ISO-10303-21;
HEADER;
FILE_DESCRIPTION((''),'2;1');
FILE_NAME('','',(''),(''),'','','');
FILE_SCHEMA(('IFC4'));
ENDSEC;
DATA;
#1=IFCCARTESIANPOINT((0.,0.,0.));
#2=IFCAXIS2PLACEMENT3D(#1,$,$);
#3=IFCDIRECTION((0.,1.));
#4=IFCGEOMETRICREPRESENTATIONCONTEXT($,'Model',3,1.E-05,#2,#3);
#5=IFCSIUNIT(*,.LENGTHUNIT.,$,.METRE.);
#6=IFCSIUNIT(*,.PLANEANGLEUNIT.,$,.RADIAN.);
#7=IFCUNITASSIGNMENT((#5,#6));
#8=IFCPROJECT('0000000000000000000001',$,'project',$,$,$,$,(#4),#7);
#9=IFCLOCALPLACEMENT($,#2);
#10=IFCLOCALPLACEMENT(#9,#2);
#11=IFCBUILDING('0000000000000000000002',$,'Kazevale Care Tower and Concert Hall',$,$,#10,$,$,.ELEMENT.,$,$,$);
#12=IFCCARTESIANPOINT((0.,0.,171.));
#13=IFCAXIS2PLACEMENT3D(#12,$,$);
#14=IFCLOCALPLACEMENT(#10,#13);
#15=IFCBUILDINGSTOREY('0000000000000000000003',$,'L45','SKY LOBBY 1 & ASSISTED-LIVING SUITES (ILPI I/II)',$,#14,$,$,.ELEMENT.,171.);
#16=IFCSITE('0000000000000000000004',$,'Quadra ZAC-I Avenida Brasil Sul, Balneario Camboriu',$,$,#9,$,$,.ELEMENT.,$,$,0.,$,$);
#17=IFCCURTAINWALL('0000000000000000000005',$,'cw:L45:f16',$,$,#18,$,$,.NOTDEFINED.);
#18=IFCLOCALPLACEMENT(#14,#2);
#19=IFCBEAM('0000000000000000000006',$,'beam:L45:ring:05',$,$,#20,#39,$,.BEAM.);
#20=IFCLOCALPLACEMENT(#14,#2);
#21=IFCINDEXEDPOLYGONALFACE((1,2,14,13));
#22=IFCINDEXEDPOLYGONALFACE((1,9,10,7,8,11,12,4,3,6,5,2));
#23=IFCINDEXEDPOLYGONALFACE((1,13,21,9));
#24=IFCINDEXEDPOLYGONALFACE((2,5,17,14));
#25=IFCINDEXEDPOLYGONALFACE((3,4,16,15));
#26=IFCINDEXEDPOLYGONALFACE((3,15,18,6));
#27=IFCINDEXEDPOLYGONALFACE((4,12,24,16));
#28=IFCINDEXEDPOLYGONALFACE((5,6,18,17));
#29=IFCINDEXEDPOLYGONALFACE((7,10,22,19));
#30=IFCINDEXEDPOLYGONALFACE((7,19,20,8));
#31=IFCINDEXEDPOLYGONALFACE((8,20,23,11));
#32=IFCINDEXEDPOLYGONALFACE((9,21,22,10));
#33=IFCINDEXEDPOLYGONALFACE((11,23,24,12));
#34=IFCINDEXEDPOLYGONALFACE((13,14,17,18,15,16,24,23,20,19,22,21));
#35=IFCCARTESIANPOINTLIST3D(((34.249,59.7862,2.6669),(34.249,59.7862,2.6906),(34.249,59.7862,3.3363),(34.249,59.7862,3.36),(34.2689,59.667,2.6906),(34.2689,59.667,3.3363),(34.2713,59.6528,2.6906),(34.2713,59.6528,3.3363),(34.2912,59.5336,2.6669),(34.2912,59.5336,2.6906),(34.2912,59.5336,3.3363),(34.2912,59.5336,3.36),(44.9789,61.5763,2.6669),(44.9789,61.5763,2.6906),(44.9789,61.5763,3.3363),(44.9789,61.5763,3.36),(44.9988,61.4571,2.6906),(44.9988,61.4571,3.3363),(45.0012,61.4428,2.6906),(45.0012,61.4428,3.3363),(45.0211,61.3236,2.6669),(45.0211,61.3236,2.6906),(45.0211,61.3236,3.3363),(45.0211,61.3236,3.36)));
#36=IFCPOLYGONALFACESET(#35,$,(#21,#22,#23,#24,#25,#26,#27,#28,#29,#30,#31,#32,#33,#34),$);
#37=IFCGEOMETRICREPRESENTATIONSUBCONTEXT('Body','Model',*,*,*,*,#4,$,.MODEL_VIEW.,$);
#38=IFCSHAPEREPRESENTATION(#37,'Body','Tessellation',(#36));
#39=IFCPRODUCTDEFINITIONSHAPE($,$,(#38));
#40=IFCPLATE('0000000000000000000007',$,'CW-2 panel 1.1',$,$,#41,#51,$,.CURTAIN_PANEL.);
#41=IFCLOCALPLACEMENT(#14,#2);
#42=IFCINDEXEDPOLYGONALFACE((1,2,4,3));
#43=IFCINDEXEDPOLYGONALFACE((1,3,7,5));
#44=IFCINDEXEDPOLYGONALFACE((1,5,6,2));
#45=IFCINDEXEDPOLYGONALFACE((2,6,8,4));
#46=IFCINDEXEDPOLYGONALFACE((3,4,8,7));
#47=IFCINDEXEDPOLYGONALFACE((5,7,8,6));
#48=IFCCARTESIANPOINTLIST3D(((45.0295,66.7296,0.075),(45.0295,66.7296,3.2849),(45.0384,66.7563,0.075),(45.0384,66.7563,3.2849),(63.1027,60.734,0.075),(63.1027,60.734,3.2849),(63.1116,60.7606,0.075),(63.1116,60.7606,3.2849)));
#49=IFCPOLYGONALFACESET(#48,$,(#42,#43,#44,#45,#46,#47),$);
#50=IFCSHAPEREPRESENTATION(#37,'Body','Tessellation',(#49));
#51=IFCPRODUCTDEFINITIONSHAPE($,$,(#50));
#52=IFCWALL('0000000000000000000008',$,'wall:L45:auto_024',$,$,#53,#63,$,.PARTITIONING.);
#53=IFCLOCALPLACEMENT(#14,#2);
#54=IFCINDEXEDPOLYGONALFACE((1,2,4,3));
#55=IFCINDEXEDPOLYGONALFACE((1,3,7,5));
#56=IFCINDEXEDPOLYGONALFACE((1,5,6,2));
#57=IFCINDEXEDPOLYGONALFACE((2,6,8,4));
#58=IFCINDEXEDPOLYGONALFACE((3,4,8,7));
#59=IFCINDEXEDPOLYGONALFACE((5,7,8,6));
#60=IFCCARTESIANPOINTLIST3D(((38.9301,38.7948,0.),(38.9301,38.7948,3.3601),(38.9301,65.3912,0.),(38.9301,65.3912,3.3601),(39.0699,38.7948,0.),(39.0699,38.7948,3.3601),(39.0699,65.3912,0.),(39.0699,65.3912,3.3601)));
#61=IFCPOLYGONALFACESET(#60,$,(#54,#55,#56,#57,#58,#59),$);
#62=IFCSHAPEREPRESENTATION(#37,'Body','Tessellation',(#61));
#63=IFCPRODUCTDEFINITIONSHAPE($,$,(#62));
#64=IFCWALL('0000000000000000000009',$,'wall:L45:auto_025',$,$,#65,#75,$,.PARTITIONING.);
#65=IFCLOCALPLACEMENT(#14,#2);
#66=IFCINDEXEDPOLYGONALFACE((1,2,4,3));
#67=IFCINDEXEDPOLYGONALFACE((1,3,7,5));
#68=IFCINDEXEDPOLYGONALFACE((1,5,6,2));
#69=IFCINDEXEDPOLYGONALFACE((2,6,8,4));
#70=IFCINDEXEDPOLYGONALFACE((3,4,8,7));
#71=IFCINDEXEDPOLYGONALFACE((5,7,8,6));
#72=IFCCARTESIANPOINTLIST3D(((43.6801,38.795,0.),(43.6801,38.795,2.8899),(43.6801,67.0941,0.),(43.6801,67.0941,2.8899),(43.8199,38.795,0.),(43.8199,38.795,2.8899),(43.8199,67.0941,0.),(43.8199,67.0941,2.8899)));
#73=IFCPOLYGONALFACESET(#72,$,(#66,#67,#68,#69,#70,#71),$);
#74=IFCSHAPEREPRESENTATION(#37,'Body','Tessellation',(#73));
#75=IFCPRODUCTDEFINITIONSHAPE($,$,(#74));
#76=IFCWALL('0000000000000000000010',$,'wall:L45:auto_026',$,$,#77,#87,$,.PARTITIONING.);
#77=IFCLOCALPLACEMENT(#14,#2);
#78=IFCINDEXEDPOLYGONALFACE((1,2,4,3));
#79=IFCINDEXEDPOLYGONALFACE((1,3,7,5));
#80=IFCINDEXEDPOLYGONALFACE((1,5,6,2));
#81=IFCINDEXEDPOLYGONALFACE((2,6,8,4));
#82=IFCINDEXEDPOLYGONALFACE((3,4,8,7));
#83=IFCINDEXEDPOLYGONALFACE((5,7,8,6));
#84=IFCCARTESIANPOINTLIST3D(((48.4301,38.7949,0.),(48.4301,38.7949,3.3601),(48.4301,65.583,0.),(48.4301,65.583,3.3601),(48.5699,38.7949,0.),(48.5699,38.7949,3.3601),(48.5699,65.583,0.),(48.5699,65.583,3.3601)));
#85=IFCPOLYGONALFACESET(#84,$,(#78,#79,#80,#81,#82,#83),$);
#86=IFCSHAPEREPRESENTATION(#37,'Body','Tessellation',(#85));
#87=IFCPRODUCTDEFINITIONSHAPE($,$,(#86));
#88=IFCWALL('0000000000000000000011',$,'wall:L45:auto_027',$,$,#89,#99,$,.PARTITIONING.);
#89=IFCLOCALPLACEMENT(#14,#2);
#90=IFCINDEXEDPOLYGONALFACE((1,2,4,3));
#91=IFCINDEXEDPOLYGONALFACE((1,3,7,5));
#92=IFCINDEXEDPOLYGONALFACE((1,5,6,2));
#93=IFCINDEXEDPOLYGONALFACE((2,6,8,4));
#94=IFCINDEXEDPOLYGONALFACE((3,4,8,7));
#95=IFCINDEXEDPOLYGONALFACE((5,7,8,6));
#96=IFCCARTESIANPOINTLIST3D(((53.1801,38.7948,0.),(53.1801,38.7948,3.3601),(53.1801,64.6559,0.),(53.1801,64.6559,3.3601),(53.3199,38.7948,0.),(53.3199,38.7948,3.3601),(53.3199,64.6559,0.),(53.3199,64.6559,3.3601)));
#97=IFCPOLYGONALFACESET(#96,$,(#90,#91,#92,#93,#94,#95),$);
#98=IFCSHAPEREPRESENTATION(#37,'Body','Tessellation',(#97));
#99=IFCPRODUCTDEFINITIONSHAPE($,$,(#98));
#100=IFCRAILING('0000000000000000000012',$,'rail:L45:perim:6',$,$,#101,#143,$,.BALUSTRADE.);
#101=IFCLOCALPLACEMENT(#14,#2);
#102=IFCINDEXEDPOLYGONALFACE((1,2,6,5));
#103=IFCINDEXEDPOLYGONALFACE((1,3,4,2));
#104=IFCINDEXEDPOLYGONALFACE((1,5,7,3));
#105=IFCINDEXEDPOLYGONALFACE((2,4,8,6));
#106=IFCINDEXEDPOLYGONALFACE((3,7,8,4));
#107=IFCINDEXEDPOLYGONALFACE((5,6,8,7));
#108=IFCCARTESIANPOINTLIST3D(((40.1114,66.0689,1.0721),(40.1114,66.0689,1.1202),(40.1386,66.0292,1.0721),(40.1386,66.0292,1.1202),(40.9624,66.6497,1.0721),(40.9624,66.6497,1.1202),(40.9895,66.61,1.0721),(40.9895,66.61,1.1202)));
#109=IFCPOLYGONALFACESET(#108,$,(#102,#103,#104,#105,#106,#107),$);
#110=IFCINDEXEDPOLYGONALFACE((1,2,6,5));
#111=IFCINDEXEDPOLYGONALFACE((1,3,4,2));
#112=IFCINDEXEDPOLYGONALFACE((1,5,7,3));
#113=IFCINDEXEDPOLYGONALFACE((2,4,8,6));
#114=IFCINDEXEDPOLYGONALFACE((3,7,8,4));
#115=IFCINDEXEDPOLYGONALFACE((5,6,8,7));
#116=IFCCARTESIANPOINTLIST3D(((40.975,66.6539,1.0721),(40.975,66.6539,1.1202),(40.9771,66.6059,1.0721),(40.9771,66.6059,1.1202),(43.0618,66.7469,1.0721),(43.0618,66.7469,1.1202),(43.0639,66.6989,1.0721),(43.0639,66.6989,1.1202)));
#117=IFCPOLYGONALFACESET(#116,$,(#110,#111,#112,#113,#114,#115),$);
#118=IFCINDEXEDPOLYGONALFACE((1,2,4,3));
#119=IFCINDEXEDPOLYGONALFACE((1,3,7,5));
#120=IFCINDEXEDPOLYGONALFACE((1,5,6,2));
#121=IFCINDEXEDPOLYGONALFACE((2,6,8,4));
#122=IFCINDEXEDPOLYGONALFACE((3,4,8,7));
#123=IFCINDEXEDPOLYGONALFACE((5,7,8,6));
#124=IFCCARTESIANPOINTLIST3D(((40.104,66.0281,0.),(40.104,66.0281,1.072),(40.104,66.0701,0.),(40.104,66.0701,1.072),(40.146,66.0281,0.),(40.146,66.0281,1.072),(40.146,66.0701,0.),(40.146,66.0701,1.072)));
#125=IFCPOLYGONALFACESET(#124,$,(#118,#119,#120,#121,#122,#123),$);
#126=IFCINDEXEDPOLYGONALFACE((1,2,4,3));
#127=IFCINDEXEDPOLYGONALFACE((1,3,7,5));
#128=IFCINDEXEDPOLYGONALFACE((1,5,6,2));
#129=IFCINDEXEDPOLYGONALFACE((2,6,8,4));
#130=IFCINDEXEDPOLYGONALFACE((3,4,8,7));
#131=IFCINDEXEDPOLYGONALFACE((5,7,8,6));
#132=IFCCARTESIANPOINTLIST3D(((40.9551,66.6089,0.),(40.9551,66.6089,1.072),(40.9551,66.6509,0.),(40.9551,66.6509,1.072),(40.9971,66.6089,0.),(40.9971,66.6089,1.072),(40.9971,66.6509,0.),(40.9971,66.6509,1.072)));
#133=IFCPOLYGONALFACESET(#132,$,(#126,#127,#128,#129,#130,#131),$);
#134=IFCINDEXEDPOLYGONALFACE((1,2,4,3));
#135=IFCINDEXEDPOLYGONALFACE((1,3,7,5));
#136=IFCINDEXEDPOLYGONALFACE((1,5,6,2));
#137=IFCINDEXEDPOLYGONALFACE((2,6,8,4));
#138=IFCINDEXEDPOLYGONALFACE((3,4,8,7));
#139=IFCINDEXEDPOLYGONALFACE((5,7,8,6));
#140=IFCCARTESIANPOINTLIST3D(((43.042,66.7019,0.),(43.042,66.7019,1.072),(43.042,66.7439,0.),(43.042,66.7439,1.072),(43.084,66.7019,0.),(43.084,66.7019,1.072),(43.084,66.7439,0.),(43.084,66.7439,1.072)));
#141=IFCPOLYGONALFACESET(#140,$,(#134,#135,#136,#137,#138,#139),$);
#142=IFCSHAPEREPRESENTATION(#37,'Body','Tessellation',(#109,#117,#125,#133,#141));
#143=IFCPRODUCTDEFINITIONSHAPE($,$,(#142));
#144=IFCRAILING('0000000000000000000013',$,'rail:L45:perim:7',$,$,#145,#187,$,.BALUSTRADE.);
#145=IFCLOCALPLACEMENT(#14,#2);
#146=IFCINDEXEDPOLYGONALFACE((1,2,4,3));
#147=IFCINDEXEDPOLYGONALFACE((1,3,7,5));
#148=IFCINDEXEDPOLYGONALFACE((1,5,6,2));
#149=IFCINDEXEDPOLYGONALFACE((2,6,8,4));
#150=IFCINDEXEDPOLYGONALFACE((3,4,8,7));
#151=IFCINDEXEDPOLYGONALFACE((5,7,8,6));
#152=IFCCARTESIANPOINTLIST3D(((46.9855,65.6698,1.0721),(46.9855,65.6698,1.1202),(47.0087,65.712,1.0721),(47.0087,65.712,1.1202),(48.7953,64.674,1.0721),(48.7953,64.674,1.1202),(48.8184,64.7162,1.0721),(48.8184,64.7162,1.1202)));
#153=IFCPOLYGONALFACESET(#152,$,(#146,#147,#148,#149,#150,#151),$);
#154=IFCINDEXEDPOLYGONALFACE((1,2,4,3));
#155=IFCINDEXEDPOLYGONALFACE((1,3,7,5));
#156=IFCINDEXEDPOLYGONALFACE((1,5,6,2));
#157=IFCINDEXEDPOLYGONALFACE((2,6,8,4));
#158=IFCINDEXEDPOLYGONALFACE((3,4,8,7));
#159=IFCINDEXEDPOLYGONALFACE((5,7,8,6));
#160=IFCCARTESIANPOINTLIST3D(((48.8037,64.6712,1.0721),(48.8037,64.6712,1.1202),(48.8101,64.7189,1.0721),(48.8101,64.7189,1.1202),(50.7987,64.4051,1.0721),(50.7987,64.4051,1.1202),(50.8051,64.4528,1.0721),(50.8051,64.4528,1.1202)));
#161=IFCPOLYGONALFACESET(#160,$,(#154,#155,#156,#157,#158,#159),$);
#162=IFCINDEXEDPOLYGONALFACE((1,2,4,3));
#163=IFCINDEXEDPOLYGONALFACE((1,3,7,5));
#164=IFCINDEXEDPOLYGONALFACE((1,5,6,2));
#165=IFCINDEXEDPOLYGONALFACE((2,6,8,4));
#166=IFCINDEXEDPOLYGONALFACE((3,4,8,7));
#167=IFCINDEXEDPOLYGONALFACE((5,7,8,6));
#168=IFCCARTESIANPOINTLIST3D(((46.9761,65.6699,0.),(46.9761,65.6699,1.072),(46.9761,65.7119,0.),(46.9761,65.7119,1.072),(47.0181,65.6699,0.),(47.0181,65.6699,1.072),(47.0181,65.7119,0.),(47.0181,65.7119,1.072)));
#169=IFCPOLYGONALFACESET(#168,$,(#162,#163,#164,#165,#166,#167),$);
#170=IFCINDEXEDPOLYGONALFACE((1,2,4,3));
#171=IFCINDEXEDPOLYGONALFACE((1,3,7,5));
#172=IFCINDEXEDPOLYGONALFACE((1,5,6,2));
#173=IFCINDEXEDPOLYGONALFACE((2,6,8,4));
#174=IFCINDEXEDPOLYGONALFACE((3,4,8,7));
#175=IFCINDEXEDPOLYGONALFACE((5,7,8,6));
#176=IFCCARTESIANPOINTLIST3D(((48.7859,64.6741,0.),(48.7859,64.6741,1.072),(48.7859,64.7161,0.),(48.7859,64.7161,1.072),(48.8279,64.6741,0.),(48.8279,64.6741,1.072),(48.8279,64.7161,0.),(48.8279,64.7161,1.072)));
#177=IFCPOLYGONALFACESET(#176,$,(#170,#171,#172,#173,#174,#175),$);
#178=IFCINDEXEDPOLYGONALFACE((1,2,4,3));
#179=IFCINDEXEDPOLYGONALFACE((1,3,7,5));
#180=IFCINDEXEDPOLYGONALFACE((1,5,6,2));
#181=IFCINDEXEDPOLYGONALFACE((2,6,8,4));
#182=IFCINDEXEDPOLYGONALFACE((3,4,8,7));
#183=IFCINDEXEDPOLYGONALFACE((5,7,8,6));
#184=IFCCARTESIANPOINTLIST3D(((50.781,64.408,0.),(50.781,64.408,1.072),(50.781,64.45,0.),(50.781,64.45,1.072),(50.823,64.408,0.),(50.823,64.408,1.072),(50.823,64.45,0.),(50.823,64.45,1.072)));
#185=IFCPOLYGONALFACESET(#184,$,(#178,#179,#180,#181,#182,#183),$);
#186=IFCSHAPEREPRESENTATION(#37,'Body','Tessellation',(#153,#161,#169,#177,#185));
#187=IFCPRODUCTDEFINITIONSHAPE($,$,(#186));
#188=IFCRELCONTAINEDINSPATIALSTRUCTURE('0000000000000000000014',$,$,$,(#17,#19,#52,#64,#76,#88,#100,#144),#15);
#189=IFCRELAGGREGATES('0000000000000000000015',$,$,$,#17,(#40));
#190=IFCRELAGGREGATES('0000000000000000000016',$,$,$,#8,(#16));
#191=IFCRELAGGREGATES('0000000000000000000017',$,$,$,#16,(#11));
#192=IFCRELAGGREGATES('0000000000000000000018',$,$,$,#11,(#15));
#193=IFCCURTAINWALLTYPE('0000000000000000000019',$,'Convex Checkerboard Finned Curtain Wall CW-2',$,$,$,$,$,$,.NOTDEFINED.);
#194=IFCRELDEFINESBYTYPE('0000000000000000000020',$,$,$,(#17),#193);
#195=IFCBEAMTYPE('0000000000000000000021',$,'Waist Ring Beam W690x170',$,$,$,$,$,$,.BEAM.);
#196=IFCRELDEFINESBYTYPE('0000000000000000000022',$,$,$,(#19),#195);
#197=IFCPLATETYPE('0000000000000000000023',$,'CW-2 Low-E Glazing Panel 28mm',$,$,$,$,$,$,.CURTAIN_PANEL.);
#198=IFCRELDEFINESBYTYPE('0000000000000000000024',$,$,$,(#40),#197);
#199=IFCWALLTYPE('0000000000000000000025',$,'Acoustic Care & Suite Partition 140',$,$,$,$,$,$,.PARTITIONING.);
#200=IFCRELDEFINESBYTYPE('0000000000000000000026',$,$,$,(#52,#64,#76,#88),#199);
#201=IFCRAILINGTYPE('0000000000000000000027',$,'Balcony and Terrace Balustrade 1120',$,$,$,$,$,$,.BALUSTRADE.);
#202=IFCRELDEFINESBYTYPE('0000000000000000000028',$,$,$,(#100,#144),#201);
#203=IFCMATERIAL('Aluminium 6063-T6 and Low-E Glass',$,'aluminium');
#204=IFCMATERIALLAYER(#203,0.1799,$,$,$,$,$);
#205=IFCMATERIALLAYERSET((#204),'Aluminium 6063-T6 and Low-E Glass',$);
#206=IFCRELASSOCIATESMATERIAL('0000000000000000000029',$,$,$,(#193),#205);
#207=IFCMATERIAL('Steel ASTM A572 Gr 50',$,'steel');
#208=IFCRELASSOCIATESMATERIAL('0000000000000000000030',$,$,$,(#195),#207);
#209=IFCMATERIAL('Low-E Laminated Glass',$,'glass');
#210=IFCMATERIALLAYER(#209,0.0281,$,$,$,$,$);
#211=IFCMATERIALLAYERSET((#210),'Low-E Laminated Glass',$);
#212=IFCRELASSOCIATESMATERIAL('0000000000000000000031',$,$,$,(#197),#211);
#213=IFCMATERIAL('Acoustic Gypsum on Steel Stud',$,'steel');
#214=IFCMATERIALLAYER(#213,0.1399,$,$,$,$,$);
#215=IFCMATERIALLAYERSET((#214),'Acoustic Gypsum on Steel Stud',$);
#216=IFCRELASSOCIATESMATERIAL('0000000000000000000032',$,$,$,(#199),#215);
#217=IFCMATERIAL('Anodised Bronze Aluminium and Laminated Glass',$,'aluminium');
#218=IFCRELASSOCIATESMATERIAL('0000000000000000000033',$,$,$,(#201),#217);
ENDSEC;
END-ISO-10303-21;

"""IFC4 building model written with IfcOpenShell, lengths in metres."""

from ifc_helpers import new_model, si_unit, direction, frame, frame_2d, origin, origin_2d, place, context, subcontext, project, spatial, rectangle, i_section, extrude, material, layer, layer_set, material_profile, profile_set, type_object, element, aggregate, save


model = new_model("IFC4")

# Units and contexts
model_context = context("Model", 3, precision=1e-05, world=origin(), true_north=direction((0.0, 1.0)))
body_context = subcontext(model_context, "Body", "Model", "MODEL_VIEW")
ifc_project = project(units=[si_unit("LENGTHUNIT", "METRE"), si_unit("PLANEANGLEUNIT", "RADIAN")], contexts=[model_context])

# Site, building, storey
site_placement = place(None, origin())
site = spatial("IfcSite", under=ifc_project, at=site_placement, Name="Quadra ZAC-I Avenida Brasil Sul, Balneario Camboriu", CompositionType="ELEMENT", RefElevation=0.0)
building_placement = place(site_placement, origin())
building = spatial("IfcBuilding", under=site, at=building_placement, Name="Kazevale Care Tower and Concert Hall", CompositionType="ELEMENT")
storey_placement = place(building_placement, frame((0.0, 0.0, 171.0)))
storey = spatial("IfcBuildingStorey", under=building, at=storey_placement, Name="L45", Description="SKY LOBBY 1 & ASSISTED-LIVING SUITES (ILPI I/II)", CompositionType="ELEMENT", Elevation=171.0)

# Curtain wall
ifc_material_1 = material(Name="Aluminium 6063-T6 and Low-E Glass", Category="aluminium")
ifc_layer_1 = layer(ifc_material_1, 0.1799)
ifc_layer_set_1 = layer_set([ifc_layer_1], Name="Aluminium 6063-T6 and Low-E Glass")
curtain_wall_type_1 = type_object("IfcCurtainWallType", Name="Convex Checkerboard Finned Curtain Wall CW-2", PredefinedType="NOTDEFINED", material=ifc_layer_set_1)
curtain_wall_1_placement = place(storey_placement, origin())
curtain_wall_1 = element("IfcCurtainWall", 1, at=curtain_wall_1_placement, inside=storey, type_object=curtain_wall_type_1, Name="cw:L45:f16", PredefinedType="NOTDEFINED")

# Beam
ifc_material_2 = material(Name="Steel ASTM A572 Gr 50", Category="steel")
ifc_material_profile_1 = material_profile(ifc_material_2, i_section(OverallWidth=0.2561, OverallDepth=0.6931, WebThickness=0.0144, FlangeThickness=0.0237, at=origin_2d()), Name="W690x170")
ifc_profile_set_1 = profile_set([ifc_material_profile_1], Name="Steel ASTM A572 Gr 50")
beam_type_1 = type_object("IfcBeamType", Name="Waist Ring Beam W690x170", PredefinedType="BEAM", material=ifc_profile_set_1)
beam_1_placement = place(storey_placement, frame((45.0, 61.45, 3.0134), z_axis=(-0.986368, -0.164552, 0.0), x_axis=(0.164552, -0.986368, 0.0)))
element("IfcBeam", 2, at=beam_1_placement, inside=storey, type_object=beam_type_1, Name="beam:L45:ring:05", PredefinedType="BEAM", context=body_context, shape_type="SweptSolid", body=[
    extrude(i_section(OverallWidth=0.2561, OverallDepth=0.6931, WebThickness=0.0144, FlangeThickness=0.0237, at=origin_2d()), origin(), (0.0, 0.0, 1.0), 10.8782),
])

# Plate
ifc_material_3 = material(Name="Low-E Laminated Glass", Category="glass")
ifc_layer_2 = layer(ifc_material_3, 0.0281)
ifc_layer_set_2 = layer_set([ifc_layer_2], Name="Low-E Laminated Glass")
plate_type = type_object("IfcPlateType", Name="CW-2 Low-E Glazing Panel 28mm", PredefinedType="CURTAIN_PANEL", material=ifc_layer_set_2)
plate_placement = place(storey_placement, frame((54.0706, 63.7451, 0.075), z_axis=(0.0, 0.0, 1.0), x_axis=(0.949135, -0.314868, 0.0)))
plate = element("IfcPlate", 3, at=plate_placement, type_object=plate_type, Name="CW-2 panel 1.1", PredefinedType="CURTAIN_PANEL", context=body_context, shape_type="SweptSolid", body=[
    extrude(rectangle(XDim=19.0417, YDim=0.0281, at=origin_2d()), origin(), (0.0, 0.0, 1.0), 3.21),
])
aggregate(curtain_wall_1, [plate])

# Walls
ifc_material_4 = material(Name="Acoustic Gypsum on Steel Stud", Category="steel")
ifc_layer_3 = layer(ifc_material_4, 0.1399)
ifc_layer_set_3 = layer_set([ifc_layer_3], Name="Acoustic Gypsum on Steel Stud")
wall_type = type_object("IfcWallType", Name="Acoustic Care & Suite Partition 140", PredefinedType="PARTITIONING", material=ifc_layer_set_3)
wall_1_placement = place(storey_placement, frame((39.0, 65.3914, 0.0), z_axis=(0.0, 0.0, 1.0), x_axis=(0.0, -1.0, 0.0)))
element("IfcWall", 4, at=wall_1_placement, inside=storey, type_object=wall_type, Name="wall:L45:auto_024", PredefinedType="PARTITIONING", context=body_context, shape_type="SweptSolid", body=[
    extrude(rectangle(XDim=26.5964, YDim=0.1399, at=frame_2d((13.2983, 0.0))), origin(), (0.0, 0.0, 1.0), 3.3601),
])
wall_2_placement = place(storey_placement, frame((43.75, 67.094, 0.0), z_axis=(0.0, 0.0, 1.0), x_axis=(0.0, -1.0, 0.0)))
element("IfcWall", 5, at=wall_2_placement, inside=storey, type_object=wall_type, Name="wall:L45:auto_025", PredefinedType="PARTITIONING", context=body_context, shape_type="SweptSolid", body=[
    extrude(rectangle(XDim=28.2991, YDim=0.1399, at=frame_2d((14.1494, 0.0))), origin(), (0.0, 0.0, 1.0), 2.8899),
])
wall_3_placement = place(storey_placement, frame((48.5, 65.583, 0.0), z_axis=(0.0, 0.0, 1.0), x_axis=(0.0, -1.0, 0.0)))
element("IfcWall", 6, at=wall_3_placement, inside=storey, type_object=wall_type, Name="wall:L45:auto_026", PredefinedType="PARTITIONING", context=body_context, shape_type="SweptSolid", body=[
    extrude(rectangle(XDim=26.7881, YDim=0.1399, at=frame_2d((13.394, 0.0))), origin(), (0.0, 0.0, 1.0), 3.3601),
])
wall_4_placement = place(storey_placement, frame((53.25, 64.656, 0.0), z_axis=(0.0, 0.0, 1.0), x_axis=(0.0, -1.0, 0.0)))
element("IfcWall", 7, at=wall_4_placement, inside=storey, type_object=wall_type, Name="wall:L45:auto_027", PredefinedType="PARTITIONING", context=body_context, shape_type="SweptSolid", body=[
    extrude(rectangle(XDim=25.8611, YDim=0.1399, at=frame_2d((12.9307, 0.0))), origin(), (0.0, 0.0, 1.0), 3.3601),
])

# Railings
ifc_material_5 = material(Name="Anodised Bronze Aluminium and Laminated Glass", Category="aluminium")
railing_type = type_object("IfcRailingType", Name="Balcony and Terrace Balustrade 1120", PredefinedType="BALUSTRADE", material=ifc_material_5)
railing_1_placement = place(storey_placement, frame((40.125, 66.0491, 0.0)))
element("IfcRailing", 8, at=railing_1_placement, inside=storey, type_object=railing_type, Name="rail:L45:perim:6", PredefinedType="BALUSTRADE", context=body_context, shape_type="SweptSolid", body=[
    extrude(rectangle(XDim=0.0481, YDim=0.0481, at=origin_2d()), frame((0.0, 0.0, 1.0962), z_axis=(0.825987, 0.56369, 0.0), x_axis=(-0.56369, 0.825987, 0.0)), (0.0, 0.0, 1.0), 1.0303),
    extrude(rectangle(XDim=0.0481, YDim=0.0481, at=origin_2d()), frame((0.8511, 0.5808, 1.0962), z_axis=(0.999008, 0.044528, 0.0), x_axis=(-0.044528, 0.999008, 0.0)), (0.0, 0.0, 1.0), 2.0889),
    extrude(rectangle(XDim=0.042, YDim=0.042, at=origin_2d()), origin(), (0.0, 0.0, 1.0), 1.072),
    extrude(rectangle(XDim=0.042, YDim=0.042, at=origin_2d()), frame((0.8511, 0.5808, 0.0)), (0.0, 0.0, 1.0), 1.072),
    extrude(rectangle(XDim=0.042, YDim=0.042, at=origin_2d()), frame((2.938, 0.6738, 0.0)), (0.0, 0.0, 1.0), 1.072),
])
railing_2_placement = place(storey_placement, frame((46.9971, 65.6909, 0.0)))
element("IfcRailing", 9, at=railing_2_placement, inside=storey, type_object=railing_type, Name="rail:L45:perim:7", PredefinedType="BALUSTRADE", context=body_context, shape_type="SweptSolid", body=[
    extrude(rectangle(XDim=0.0481, YDim=0.0481, at=origin_2d()), frame((0.0, 0.0, 1.0962), z_axis=(0.876124, -0.482087, 0.0), x_axis=(0.482087, 0.876124, 0.0)), (0.0, 0.0, 1.0), 2.0657),
    extrude(rectangle(XDim=0.0481, YDim=0.0481, at=origin_2d()), frame((1.8098, -0.9958, 1.0962), z_axis=(0.991222, -0.132211, 0.0), x_axis=(0.132211, 0.991222, 0.0)), (0.0, 0.0, 1.0), 2.0127),
    extrude(rectangle(XDim=0.042, YDim=0.042, at=origin_2d()), origin(), (0.0, 0.0, 1.0), 1.072),
    extrude(rectangle(XDim=0.042, YDim=0.042, at=origin_2d()), frame((1.8098, -0.9958, 0.0)), (0.0, 0.0, 1.0), 1.072),
    extrude(rectangle(XDim=0.042, YDim=0.042, at=origin_2d()), frame((3.8049, -1.262, 0.0)), (0.0, 0.0, 1.0), 1.072),
])

save(model, "model.ifc")
